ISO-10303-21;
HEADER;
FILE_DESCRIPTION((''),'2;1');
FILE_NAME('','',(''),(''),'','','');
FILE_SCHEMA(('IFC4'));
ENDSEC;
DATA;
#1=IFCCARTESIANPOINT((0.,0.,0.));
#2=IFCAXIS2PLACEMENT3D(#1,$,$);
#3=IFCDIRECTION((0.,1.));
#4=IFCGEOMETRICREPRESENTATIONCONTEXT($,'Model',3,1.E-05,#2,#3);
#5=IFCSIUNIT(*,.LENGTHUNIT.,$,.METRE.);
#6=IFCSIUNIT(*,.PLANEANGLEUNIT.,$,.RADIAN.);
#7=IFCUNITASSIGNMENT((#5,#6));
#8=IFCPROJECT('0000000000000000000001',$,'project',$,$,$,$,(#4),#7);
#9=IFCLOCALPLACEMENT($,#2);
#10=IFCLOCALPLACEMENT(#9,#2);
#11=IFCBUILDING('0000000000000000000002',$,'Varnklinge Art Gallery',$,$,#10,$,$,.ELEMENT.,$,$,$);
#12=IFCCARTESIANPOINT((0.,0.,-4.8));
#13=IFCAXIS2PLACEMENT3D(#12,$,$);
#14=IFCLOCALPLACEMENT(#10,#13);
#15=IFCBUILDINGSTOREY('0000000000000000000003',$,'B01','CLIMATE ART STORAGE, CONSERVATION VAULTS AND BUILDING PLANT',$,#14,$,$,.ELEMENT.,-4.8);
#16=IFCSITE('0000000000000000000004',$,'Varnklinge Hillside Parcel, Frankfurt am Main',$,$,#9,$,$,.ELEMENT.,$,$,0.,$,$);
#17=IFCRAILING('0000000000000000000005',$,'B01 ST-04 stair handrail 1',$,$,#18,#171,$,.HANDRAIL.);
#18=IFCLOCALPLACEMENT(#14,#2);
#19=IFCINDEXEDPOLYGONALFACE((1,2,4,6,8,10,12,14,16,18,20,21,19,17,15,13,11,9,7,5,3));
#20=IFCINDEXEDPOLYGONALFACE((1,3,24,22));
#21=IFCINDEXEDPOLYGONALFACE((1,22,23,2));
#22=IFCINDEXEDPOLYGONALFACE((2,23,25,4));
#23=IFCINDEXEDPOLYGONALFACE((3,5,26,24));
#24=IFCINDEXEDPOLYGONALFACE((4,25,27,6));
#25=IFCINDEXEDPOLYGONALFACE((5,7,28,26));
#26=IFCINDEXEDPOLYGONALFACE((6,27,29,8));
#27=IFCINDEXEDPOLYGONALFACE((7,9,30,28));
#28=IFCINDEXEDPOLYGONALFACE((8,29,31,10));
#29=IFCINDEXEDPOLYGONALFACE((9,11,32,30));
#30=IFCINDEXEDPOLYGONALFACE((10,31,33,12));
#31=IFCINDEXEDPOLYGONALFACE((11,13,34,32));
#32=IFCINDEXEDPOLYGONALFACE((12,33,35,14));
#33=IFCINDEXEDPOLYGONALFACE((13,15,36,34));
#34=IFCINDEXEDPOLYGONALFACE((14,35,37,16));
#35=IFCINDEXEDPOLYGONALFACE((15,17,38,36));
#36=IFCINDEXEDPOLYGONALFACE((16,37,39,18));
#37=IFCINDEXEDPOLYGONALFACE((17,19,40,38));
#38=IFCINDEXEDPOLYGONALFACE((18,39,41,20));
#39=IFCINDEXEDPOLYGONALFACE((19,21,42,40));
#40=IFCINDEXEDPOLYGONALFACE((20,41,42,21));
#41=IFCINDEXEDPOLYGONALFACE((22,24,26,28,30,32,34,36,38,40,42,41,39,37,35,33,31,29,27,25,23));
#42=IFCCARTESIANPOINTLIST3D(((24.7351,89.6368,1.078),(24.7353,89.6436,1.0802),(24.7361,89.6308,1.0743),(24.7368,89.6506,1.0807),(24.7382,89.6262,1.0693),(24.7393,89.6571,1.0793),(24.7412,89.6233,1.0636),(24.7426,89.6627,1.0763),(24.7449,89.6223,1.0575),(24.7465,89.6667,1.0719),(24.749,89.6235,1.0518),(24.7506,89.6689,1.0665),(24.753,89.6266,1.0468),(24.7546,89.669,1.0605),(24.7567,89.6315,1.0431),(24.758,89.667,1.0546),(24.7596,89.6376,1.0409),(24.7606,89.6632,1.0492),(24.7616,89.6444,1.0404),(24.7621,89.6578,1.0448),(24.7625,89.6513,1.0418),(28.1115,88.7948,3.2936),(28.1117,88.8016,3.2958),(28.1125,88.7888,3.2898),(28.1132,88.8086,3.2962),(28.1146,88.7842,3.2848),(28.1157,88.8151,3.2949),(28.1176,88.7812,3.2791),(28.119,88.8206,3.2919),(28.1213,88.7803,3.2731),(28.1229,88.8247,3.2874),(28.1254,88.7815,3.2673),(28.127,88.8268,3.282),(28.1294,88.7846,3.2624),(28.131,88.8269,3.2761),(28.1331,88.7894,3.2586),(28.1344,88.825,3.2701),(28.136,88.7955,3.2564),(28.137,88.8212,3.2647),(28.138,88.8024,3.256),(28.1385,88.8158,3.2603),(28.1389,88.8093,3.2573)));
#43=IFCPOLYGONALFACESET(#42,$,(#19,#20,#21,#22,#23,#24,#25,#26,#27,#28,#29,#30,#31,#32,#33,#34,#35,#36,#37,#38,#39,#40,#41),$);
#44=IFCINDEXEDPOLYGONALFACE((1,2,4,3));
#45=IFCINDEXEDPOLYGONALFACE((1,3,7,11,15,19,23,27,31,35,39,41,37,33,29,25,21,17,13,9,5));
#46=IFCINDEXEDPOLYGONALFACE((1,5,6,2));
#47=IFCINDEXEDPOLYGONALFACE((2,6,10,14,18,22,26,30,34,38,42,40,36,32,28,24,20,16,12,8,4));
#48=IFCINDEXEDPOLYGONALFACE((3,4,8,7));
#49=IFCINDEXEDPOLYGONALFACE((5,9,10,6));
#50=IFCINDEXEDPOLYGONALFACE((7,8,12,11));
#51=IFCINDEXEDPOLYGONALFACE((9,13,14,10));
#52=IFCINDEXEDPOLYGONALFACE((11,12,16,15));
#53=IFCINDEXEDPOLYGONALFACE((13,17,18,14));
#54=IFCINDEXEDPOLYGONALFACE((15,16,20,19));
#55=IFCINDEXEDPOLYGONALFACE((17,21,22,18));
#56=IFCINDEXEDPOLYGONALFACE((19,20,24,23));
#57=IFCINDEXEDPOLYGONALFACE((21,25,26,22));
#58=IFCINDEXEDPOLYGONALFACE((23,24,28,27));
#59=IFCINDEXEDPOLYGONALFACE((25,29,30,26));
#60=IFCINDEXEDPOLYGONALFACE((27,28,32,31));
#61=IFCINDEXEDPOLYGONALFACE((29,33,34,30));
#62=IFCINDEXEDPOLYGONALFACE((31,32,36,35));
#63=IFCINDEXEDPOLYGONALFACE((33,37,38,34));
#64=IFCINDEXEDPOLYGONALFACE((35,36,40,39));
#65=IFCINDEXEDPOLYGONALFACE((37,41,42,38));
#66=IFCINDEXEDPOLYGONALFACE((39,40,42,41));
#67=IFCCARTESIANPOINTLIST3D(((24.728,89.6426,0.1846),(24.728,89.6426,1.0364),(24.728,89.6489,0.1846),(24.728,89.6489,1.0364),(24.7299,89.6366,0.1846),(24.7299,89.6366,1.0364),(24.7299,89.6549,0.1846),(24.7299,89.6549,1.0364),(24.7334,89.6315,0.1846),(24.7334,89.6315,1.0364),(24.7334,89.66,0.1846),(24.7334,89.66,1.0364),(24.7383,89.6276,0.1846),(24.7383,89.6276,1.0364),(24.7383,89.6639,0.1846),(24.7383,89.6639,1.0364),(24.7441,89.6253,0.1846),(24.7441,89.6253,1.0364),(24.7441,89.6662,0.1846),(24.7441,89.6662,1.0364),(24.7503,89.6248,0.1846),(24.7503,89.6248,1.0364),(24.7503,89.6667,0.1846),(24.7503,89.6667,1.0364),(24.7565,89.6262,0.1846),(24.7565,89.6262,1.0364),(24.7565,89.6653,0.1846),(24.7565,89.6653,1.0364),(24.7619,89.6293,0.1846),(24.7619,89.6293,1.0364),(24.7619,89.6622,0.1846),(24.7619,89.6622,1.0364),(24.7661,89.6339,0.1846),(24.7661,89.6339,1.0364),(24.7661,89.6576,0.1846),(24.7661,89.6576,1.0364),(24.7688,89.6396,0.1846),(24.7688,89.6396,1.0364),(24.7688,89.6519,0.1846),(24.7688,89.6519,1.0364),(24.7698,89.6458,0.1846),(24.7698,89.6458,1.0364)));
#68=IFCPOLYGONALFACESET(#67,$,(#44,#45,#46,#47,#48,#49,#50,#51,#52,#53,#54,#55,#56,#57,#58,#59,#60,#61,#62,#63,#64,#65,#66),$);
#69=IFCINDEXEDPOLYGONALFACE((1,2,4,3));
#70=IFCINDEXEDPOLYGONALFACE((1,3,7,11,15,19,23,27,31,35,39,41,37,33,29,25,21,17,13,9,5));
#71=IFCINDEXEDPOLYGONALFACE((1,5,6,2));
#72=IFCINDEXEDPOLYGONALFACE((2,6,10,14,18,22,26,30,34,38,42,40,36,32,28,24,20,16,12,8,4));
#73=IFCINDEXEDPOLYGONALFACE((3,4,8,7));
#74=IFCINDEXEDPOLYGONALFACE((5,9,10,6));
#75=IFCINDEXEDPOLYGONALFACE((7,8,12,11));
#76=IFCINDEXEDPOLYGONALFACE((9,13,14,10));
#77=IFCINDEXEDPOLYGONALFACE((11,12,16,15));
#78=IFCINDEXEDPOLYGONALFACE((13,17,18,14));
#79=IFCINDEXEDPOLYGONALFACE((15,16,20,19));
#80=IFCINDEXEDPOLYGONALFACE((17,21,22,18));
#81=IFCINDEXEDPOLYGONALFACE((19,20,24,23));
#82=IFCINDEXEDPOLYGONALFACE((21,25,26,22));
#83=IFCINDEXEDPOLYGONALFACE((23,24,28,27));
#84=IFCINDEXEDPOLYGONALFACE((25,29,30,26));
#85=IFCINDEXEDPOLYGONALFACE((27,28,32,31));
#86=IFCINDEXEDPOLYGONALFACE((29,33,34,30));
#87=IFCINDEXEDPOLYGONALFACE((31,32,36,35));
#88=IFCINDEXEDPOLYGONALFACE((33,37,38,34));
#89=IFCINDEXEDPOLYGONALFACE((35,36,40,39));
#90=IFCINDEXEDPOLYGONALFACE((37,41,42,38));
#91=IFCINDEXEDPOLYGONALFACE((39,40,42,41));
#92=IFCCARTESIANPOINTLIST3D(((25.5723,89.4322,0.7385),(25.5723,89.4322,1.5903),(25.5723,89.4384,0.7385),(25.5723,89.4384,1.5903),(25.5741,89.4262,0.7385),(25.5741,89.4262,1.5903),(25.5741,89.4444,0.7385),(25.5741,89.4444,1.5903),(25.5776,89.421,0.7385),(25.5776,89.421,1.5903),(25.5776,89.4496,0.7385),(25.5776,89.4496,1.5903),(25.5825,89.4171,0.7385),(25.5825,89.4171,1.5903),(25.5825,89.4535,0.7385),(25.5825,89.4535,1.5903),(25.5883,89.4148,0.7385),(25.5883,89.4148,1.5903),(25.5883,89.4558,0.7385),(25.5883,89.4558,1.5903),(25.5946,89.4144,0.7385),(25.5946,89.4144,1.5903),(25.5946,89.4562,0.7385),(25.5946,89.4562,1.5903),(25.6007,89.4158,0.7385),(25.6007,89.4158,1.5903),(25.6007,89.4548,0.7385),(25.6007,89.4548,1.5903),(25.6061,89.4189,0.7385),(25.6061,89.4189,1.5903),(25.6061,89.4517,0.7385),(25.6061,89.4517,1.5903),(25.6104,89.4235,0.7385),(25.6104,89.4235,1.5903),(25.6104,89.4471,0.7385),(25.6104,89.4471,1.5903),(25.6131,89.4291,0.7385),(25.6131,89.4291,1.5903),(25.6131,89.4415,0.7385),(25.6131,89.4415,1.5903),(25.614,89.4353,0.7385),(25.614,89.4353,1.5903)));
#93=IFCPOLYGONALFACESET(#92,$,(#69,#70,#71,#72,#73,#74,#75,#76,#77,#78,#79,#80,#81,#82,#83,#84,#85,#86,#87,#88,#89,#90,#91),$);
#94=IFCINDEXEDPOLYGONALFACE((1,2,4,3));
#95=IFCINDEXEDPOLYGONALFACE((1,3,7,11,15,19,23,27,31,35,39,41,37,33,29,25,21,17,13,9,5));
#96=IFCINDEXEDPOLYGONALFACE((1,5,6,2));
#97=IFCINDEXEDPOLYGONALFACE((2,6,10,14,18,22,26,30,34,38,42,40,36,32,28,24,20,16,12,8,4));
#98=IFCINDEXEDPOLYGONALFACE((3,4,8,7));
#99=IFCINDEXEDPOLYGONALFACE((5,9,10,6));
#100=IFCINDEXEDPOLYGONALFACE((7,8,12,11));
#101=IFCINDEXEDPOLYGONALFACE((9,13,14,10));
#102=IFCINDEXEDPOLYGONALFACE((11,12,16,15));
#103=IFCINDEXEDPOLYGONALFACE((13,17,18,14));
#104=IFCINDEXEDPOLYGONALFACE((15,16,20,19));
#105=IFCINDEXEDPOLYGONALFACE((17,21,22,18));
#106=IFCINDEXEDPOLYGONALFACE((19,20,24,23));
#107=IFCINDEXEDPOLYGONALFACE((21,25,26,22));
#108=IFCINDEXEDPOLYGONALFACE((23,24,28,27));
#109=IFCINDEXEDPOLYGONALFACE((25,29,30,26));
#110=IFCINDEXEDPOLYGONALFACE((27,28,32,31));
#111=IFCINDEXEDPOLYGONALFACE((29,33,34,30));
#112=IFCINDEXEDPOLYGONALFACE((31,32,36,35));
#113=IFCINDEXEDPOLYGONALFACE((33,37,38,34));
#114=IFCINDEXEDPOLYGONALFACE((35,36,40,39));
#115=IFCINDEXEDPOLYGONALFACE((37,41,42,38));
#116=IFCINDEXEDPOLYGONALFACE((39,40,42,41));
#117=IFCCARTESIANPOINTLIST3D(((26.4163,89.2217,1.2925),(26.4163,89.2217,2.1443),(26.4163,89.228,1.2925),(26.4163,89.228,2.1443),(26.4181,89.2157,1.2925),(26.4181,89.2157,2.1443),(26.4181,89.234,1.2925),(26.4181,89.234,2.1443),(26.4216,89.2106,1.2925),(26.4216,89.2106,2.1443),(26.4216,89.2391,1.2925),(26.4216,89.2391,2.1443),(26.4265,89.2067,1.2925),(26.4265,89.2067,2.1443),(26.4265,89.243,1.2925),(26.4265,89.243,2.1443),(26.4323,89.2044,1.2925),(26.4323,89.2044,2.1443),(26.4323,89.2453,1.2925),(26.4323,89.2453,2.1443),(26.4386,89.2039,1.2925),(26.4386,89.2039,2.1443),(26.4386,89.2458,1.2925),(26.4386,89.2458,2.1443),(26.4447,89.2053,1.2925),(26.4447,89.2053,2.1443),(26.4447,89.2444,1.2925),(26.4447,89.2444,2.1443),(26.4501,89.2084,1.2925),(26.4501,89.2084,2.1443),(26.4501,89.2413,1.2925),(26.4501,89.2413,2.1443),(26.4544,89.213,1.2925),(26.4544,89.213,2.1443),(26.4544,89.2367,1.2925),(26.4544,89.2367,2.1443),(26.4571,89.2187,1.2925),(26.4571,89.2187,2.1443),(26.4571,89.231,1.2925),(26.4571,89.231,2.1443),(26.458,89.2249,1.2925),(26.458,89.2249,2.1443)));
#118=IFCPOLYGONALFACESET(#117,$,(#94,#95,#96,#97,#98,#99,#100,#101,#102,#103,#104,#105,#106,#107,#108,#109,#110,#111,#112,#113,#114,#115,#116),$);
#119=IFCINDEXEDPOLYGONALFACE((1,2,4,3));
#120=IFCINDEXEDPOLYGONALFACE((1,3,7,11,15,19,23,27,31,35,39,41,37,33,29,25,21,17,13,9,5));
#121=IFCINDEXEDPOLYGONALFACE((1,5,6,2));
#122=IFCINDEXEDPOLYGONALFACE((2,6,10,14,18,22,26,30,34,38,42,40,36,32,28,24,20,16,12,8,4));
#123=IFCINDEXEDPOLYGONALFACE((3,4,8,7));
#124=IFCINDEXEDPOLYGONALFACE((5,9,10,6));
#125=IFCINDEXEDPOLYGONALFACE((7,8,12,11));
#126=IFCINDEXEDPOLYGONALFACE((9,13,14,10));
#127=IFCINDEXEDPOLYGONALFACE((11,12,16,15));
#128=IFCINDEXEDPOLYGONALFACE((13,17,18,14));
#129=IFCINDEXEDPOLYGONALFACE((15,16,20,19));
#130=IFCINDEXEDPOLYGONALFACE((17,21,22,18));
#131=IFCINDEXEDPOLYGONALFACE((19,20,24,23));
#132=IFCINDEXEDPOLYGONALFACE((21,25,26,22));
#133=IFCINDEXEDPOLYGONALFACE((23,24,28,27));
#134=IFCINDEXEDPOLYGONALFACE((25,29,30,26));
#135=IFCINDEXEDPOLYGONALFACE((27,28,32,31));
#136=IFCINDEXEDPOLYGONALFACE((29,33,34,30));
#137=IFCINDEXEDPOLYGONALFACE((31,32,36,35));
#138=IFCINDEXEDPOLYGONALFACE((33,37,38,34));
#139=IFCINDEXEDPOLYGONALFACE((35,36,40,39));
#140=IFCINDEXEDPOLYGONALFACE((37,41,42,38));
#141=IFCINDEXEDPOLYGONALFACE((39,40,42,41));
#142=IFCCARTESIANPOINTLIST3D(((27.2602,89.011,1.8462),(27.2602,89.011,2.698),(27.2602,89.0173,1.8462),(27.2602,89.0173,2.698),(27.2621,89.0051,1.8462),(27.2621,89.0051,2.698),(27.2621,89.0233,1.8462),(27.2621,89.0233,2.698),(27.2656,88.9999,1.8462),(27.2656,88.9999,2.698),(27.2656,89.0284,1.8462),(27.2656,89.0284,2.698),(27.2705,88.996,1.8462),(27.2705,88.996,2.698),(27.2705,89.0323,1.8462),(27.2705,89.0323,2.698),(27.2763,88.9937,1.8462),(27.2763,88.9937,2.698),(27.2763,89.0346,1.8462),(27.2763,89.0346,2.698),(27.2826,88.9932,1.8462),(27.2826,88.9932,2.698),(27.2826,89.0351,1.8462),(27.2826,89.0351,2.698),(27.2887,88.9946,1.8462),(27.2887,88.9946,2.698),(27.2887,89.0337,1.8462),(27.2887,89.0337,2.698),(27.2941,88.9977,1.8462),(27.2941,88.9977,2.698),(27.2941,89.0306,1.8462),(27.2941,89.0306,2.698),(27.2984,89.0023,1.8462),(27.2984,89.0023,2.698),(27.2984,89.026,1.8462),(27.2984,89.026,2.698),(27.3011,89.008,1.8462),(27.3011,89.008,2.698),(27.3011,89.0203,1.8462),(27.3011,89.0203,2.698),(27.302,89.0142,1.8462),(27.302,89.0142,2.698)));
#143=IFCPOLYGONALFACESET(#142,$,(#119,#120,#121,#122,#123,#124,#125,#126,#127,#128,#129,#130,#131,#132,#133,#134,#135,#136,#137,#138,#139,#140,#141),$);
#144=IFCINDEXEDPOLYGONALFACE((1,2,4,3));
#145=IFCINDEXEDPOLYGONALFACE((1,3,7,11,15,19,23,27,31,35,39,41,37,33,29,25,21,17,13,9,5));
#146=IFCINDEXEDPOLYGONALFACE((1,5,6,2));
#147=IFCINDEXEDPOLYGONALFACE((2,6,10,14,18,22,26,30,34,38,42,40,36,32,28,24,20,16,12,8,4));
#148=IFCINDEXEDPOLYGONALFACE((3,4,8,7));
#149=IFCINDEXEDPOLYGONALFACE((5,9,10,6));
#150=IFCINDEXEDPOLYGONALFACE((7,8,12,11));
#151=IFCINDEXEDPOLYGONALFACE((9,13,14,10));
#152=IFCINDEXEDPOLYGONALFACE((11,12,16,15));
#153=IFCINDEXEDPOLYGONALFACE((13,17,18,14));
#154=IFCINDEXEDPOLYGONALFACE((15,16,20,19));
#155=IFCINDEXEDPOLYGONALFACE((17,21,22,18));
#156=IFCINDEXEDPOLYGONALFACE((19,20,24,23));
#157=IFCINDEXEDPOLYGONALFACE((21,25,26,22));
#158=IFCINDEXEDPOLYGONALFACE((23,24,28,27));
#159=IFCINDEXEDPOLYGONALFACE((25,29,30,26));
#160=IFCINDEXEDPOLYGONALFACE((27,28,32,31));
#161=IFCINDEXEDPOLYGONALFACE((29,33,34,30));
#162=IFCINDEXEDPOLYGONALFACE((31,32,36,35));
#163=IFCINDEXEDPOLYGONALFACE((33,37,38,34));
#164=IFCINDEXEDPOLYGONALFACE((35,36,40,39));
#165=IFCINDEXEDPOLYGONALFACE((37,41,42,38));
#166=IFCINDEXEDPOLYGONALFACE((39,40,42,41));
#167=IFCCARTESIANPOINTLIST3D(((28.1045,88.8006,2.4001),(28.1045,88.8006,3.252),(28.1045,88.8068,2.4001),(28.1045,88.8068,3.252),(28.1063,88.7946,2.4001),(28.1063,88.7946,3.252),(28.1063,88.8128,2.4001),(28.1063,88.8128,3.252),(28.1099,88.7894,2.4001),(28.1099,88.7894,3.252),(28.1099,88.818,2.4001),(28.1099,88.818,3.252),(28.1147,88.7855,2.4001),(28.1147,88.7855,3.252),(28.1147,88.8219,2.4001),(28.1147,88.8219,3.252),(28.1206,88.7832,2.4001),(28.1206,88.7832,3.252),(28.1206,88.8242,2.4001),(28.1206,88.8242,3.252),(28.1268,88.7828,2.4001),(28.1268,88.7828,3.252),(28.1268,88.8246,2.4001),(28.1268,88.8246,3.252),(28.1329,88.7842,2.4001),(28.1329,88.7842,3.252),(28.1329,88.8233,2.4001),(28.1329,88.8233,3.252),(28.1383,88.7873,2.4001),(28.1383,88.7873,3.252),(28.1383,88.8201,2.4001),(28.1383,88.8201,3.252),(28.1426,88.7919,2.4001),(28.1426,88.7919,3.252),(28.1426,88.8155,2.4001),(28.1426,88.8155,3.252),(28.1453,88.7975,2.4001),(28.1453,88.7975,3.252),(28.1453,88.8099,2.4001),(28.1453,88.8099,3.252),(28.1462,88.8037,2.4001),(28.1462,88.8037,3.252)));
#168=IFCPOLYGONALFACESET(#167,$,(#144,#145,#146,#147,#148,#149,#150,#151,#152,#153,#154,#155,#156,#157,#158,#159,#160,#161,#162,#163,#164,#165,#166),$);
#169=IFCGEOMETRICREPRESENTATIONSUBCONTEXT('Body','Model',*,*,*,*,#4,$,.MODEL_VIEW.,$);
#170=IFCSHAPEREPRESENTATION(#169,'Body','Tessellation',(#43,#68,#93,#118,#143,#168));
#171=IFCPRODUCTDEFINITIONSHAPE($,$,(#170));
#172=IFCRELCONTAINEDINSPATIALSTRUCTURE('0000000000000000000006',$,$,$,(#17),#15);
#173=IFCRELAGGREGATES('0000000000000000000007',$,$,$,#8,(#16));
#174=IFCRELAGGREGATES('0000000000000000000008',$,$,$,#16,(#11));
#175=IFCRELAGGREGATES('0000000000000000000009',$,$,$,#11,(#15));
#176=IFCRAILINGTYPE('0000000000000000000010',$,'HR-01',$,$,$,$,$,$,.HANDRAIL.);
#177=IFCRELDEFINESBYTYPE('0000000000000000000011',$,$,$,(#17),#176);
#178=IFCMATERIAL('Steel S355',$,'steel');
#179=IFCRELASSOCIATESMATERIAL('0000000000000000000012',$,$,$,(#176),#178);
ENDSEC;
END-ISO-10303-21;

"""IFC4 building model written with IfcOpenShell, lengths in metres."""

from ifc_helpers import new_model, si_unit, direction, frame, origin, origin_2d, place, context, subcontext, project, spatial, circle, extrude, material, type_object, element, save


model = new_model("IFC4")

# Units and contexts
model_context = context("Model", 3, precision=1e-05, world=origin(), true_north=direction((0.0, 1.0)))
body_context = subcontext(model_context, "Body", "Model", "MODEL_VIEW")
ifc_project = project(units=[si_unit("LENGTHUNIT", "METRE"), si_unit("PLANEANGLEUNIT", "RADIAN")], contexts=[model_context])

# Site, building, storey
site_placement = place(None, origin())
site = spatial("IfcSite", under=ifc_project, at=site_placement, Name="Varnklinge Hillside Parcel, Frankfurt am Main", CompositionType="ELEMENT", RefElevation=0.0)
building_placement = place(site_placement, origin())
building = spatial("IfcBuilding", under=site, at=building_placement, Name="Varnklinge Art Gallery", CompositionType="ELEMENT")
storey_placement = place(building_placement, frame((0.0, 0.0, -4.8)))
storey = spatial("IfcBuildingStorey", under=building, at=storey_placement, Name="B01", Description="CLIMATE ART STORAGE, CONSERVATION VAULTS AND BUILDING PLANT", CompositionType="ELEMENT", Elevation=-4.8)

# Railing
ifc_material_1 = material(Name="Steel S355", Category="steel")
railing_type_1 = type_object("IfcRailingType", Name="HR-01", PredefinedType="HANDRAIL", material=ifc_material_1)
railing_1_placement = place(storey_placement, frame((24.7488, 89.6458, 0.1846)))
element("IfcRailing", 1, at=railing_1_placement, inside=storey, type_object=railing_type_1, Name="B01 ST-04 stair handrail 1", PredefinedType="HANDRAIL", context=body_context, shape_type="SweptSolid", body=[
    extrude(circle(Radius=0.0239, at=origin_2d()), frame((0.0, 0.0, 0.876), z_axis=(0.818472, -0.204115, 0.537067), x_axis=(0.241974, 0.970283, 0.0)), (0.0, 0.0, 1.0), 4.1252),
    extrude(circle(Radius=0.021, at=origin_2d()), origin(), (0.0, 0.0, 1.0), 0.8518),
    extrude(circle(Radius=0.021, at=origin_2d()), frame((0.8442, -0.2104, 0.554)), (0.0, 0.0, 1.0), 0.8518),
    extrude(circle(Radius=0.021, at=origin_2d()), frame((1.6882, -0.4209, 1.1079)), (0.0, 0.0, 1.0), 0.8518),
    extrude(circle(Radius=0.021, at=origin_2d()), frame((2.5322, -0.6316, 1.6616)), (0.0, 0.0, 1.0), 0.8518),
    extrude(circle(Radius=0.021, at=origin_2d()), frame((3.3765, -0.842, 2.2156)), (0.0, 0.0, 1.0), 0.8518),
])

save(model, "model.ifc")
